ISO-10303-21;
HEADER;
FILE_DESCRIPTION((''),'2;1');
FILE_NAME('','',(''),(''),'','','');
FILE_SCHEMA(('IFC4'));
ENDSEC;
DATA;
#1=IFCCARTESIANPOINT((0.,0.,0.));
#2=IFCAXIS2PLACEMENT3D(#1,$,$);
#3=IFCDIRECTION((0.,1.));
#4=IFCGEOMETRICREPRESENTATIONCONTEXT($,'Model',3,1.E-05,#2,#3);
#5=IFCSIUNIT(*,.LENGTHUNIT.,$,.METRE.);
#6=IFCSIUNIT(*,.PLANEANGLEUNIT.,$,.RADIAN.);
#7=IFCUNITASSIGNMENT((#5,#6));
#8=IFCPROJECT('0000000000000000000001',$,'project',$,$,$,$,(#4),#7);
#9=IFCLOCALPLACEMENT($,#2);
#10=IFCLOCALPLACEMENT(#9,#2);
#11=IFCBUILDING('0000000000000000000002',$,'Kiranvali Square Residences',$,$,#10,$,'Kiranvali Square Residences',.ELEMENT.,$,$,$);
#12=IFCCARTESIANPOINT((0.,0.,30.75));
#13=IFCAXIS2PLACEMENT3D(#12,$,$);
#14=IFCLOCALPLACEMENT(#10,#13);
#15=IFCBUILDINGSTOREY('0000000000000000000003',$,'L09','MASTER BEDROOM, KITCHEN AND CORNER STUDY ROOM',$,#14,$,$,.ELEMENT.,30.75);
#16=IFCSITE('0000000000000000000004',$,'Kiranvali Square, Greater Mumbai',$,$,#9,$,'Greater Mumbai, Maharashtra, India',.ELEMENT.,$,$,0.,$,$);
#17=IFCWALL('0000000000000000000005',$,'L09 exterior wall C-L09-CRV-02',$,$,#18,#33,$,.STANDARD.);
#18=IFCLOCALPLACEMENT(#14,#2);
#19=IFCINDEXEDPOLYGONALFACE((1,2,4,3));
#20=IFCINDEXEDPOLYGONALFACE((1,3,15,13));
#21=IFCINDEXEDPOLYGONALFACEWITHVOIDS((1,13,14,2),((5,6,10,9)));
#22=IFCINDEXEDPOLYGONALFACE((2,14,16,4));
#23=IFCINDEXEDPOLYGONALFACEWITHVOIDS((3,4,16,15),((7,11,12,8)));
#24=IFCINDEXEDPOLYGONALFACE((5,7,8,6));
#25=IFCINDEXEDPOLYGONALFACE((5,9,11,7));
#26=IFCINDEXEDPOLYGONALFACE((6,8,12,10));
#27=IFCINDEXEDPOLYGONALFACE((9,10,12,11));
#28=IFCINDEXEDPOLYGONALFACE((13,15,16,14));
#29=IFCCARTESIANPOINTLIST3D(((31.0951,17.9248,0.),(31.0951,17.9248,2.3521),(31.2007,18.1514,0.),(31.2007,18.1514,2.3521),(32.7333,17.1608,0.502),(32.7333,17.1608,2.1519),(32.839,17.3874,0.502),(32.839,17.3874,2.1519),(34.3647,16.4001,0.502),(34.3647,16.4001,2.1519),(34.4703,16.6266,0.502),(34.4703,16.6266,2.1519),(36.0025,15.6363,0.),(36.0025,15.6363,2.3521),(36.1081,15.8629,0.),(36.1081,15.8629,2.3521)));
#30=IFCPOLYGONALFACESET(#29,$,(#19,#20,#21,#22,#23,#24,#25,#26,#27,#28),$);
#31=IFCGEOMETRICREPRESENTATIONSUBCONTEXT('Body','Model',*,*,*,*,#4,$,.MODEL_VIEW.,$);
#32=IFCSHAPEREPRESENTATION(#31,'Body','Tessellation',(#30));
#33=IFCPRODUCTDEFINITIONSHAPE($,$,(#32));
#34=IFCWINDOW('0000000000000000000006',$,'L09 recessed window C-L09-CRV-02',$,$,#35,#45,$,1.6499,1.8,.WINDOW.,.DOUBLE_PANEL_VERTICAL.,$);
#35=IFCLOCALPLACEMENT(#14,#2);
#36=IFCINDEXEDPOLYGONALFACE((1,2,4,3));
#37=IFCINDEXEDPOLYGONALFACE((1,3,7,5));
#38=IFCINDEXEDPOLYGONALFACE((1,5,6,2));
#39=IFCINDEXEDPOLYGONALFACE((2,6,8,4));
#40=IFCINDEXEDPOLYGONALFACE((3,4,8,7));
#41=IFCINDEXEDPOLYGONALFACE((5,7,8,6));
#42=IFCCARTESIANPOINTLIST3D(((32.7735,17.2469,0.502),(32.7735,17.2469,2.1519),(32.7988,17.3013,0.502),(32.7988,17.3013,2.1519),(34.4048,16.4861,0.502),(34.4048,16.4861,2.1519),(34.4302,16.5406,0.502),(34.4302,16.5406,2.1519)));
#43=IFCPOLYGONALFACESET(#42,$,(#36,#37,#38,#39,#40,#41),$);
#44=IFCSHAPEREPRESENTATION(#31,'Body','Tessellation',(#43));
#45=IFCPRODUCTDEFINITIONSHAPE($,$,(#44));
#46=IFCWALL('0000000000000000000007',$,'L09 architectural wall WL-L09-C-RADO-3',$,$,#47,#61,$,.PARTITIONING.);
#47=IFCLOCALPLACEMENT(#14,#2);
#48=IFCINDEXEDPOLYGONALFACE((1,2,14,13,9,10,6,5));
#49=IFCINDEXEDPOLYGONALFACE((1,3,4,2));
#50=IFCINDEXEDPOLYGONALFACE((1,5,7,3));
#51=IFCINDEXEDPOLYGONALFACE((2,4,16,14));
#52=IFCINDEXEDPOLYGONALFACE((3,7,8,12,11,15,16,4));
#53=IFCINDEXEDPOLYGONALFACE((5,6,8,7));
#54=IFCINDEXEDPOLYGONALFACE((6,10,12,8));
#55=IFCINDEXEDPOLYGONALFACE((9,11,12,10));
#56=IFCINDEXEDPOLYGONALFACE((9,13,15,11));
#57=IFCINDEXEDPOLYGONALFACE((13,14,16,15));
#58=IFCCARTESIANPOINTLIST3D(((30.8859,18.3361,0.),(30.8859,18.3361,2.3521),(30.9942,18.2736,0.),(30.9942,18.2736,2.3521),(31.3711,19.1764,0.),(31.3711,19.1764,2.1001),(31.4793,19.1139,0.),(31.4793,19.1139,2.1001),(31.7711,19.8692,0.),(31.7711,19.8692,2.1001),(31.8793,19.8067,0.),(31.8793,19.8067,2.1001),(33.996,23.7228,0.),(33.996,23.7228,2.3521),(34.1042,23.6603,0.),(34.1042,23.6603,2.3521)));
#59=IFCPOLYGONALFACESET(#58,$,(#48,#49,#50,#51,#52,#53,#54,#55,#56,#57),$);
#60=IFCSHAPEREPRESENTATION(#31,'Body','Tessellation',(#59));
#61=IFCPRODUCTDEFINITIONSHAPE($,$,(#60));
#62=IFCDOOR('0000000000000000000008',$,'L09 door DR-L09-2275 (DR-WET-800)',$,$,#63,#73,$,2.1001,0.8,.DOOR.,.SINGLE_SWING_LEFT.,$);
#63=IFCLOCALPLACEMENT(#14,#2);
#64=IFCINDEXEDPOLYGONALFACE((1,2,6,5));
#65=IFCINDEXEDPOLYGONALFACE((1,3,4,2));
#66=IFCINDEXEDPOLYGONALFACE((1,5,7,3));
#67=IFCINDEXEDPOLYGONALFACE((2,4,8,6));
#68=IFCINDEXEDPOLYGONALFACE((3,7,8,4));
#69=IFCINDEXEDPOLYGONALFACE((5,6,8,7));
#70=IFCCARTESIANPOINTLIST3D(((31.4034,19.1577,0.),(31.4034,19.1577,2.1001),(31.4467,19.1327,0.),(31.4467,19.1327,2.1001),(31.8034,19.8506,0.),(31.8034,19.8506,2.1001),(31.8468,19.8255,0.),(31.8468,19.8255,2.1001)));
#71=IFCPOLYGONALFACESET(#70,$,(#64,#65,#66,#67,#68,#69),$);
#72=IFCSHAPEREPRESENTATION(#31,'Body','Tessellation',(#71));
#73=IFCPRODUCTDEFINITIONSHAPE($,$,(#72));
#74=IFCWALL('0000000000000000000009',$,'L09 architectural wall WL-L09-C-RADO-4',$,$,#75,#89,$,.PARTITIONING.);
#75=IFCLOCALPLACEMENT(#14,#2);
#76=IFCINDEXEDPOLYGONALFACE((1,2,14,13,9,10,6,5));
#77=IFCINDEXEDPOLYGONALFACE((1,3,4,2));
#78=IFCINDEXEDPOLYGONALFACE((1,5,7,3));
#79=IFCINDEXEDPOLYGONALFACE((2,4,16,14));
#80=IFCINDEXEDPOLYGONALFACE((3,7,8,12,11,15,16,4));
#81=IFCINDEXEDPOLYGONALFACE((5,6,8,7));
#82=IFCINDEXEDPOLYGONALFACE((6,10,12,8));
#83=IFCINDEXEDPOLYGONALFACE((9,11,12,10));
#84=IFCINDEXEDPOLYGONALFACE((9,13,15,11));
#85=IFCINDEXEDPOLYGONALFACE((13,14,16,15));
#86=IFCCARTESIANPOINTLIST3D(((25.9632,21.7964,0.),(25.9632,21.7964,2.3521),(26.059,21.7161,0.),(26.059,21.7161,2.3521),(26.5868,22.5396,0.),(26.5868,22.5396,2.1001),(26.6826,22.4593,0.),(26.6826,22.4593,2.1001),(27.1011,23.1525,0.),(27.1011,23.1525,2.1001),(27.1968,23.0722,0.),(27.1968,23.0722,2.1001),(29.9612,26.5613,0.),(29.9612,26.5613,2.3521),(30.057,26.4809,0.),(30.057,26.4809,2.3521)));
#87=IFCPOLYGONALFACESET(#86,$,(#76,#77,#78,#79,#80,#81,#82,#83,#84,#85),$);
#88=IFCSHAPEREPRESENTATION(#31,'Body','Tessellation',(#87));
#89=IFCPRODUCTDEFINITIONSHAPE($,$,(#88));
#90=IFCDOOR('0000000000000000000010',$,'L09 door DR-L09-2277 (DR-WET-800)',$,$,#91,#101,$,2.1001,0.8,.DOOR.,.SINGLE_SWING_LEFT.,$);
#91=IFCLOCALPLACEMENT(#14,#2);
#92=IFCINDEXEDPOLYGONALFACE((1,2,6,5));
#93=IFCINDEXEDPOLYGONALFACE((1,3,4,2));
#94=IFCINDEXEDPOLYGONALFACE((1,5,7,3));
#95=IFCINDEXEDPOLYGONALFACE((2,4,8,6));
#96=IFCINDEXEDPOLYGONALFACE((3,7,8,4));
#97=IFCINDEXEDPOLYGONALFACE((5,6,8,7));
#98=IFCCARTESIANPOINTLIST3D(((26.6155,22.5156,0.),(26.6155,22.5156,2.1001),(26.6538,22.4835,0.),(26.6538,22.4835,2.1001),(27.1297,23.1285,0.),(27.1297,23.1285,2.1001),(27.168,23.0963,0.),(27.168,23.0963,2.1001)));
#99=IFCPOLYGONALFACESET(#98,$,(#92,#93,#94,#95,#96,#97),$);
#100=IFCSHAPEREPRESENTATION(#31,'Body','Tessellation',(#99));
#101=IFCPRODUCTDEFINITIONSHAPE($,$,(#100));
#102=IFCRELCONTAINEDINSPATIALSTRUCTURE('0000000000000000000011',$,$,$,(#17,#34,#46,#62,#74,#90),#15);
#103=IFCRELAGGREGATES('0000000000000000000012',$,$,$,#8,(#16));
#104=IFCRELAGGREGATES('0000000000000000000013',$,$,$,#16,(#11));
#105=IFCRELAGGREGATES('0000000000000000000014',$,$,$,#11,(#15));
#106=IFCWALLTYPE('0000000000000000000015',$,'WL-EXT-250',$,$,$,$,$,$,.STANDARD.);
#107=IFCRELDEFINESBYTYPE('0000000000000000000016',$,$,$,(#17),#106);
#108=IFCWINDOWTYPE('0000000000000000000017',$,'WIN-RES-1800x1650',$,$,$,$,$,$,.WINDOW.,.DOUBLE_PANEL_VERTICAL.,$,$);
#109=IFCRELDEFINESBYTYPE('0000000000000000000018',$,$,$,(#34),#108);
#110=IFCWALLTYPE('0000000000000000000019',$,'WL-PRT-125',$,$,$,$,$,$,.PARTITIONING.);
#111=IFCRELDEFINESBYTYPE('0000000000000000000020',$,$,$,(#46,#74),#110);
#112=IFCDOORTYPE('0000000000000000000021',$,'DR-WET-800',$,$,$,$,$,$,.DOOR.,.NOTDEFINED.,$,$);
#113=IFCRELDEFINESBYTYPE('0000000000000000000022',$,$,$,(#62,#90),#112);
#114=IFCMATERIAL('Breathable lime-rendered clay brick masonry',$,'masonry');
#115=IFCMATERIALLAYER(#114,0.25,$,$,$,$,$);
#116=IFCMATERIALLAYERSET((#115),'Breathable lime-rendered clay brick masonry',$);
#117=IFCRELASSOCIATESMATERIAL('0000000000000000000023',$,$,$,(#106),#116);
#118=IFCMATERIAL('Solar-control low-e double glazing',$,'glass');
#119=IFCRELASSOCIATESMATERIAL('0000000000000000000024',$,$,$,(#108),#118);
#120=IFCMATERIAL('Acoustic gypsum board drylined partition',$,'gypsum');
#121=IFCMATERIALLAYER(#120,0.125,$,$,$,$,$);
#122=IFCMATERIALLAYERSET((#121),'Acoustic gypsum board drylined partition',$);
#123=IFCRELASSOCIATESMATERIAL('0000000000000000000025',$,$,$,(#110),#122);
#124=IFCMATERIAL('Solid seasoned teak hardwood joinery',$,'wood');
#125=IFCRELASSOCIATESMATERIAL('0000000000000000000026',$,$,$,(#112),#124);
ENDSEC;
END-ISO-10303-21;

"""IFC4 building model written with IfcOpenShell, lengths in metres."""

from ifc_helpers import new_model, si_unit, direction, frame, frame_2d, origin, place, context, subcontext, project, spatial, rectangle, extrude, material, layer, layer_set, type_object, element, fill, save


model = new_model("IFC4")

# Units and contexts
model_context = context("Model", 3, precision=1e-05, world=origin(), true_north=direction((0.0, 1.0)))
body_context = subcontext(model_context, "Body", "Model", "MODEL_VIEW")
ifc_project = project(units=[si_unit("LENGTHUNIT", "METRE"), si_unit("PLANEANGLEUNIT", "RADIAN")], contexts=[model_context])

# Site, building, storey
site_placement = place(None, origin())
site = spatial("IfcSite", under=ifc_project, at=site_placement, Name="Kiranvali Square, Greater Mumbai", LongName="Greater Mumbai, Maharashtra, India", CompositionType="ELEMENT", RefElevation=0.0)
building_placement = place(site_placement, origin())
building = spatial("IfcBuilding", under=site, at=building_placement, Name="Kiranvali Square Residences", LongName="Kiranvali Square Residences", CompositionType="ELEMENT")
storey_placement = place(building_placement, frame((0.0, 0.0, 30.75)))
storey = spatial("IfcBuildingStorey", under=building, at=storey_placement, Name="L09", Description="MASTER BEDROOM, KITCHEN AND CORNER STUDY ROOM", CompositionType="ELEMENT", Elevation=30.75)

# Shared definitions
ifc_material_1 = material(Name="Solar-control low-e double glazing", Category="glass")

# Wall, opening, window
ifc_material_2 = material(Name="Breathable lime-rendered clay brick masonry", Category="masonry")
ifc_layer_1 = layer(ifc_material_2, 0.25)
ifc_layer_set_1 = layer_set([ifc_layer_1], Name="Breathable lime-rendered clay brick masonry")
wall_type_1 = type_object("IfcWallType", Name="WL-EXT-250", PredefinedType="STANDARD", material=ifc_layer_set_1)
wall_1_placement = place(storey_placement, frame((36.0554, 15.7495, 0.0), z_axis=(0.0, 0.0, 1.0), x_axis=(-0.906295, 0.422646, 0.0)))
wall_1 = element("IfcWall", 1, at=wall_1_placement, inside=storey, type_object=wall_type_1, Name="L09 exterior wall C-L09-CRV-02", PredefinedType="STANDARD", context=body_context, shape_type="SweptSolid", body=[
    extrude(rectangle(XDim=5.4148, YDim=0.25, at=frame_2d((2.7075, 0.0))), origin(), (0.0, 0.0, 1.0), 2.3521),
])
opening_1_placement = place(wall_1_placement, frame((1.8074, 0.0, 0.502)))
opening_1 = element("IfcOpeningElement", 2, at=opening_1_placement, cuts=wall_1, PredefinedType="OPENING", context=body_context, shape_type="SweptSolid", body=[
    extrude(rectangle(XDim=1.8, YDim=1.6499, at=frame_2d((0.8999, 0.825))), frame((0.0, 0.135, 0.0), z_axis=(0.0, -1.0, 0.0), x_axis=(1.0, 0.0, 0.0)), (0.0, 0.0, 1.0), 0.27),
])
window_type = type_object("IfcWindowType", Name="WIN-RES-1800x1650", PartitioningType="DOUBLE_PANEL_VERTICAL", PredefinedType="WINDOW", material=ifc_material_1)
window_placement = place(opening_1_placement, origin())
window = element("IfcWindow", 3, at=window_placement, inside=storey, type_object=window_type, Name="L09 recessed window C-L09-CRV-02", OverallHeight=1.6499, OverallWidth=1.8, PartitioningType="DOUBLE_PANEL_VERTICAL", PredefinedType="WINDOW", context=body_context, shape_type="SweptSolid", body=[
    extrude(rectangle(XDim=1.8, YDim=1.6499, at=frame_2d((0.8999, 0.825))), frame((0.0, 0.03, 0.0), z_axis=(0.0, -1.0, 0.0), x_axis=(1.0, 0.0, 0.0)), (0.0, 0.0, 1.0), 0.0601),
])
fill(opening_1, window)

# Walls, openings, doors
ifc_material_3 = material(Name="Acoustic gypsum board drylined partition", Category="gypsum")
ifc_layer_2 = layer(ifc_material_3, 0.125)
ifc_layer_set_2 = layer_set([ifc_layer_2], Name="Acoustic gypsum board drylined partition")
wall_type_2 = type_object("IfcWallType", Name="WL-PRT-125", PredefinedType="PARTITIONING", material=ifc_layer_set_2)
wall_2_placement = place(storey_placement, frame((34.05, 23.6914, 0.0), z_axis=(0.0, 0.0, 1.0), x_axis=(-0.50001, -0.86602, 0.0)))
wall_2 = element("IfcWall", 4, at=wall_2_placement, inside=storey, type_object=wall_type_2, Name="L09 architectural wall WL-L09-C-RADO-3", PredefinedType="PARTITIONING", context=body_context, shape_type="SweptSolid", body=[
    extrude(rectangle(XDim=6.22, YDim=0.125, at=frame_2d((3.1099, 0.0))), origin(), (0.0, 0.0, 1.0), 2.3521),
])
opening_2_placement = place(wall_2_placement, frame((4.4497, 0.0, 0.0)))
opening_2 = element("IfcOpeningElement", 5, at=opening_2_placement, cuts=wall_2, PredefinedType="OPENING", context=body_context, shape_type="SweptSolid", body=[
    extrude(rectangle(XDim=0.8, YDim=2.1001, at=frame_2d((0.3999, 1.05))), frame((0.0, 0.0725, 0.0), z_axis=(0.0, -1.0, 0.0), x_axis=(1.0, 0.0, 0.0)), (0.0, 0.0, 1.0), 0.145),
])
ifc_material_4 = material(Name="Solid seasoned teak hardwood joinery", Category="wood")
door_type = type_object("IfcDoorType", Name="DR-WET-800", OperationType="NOTDEFINED", PredefinedType="DOOR", material=ifc_material_4)
door_1_placement = place(opening_2_placement, origin())
door_1 = element("IfcDoor", 6, at=door_1_placement, inside=storey, type_object=door_type, Name="L09 door DR-L09-2275 (DR-WET-800)", OperationType="SINGLE_SWING_LEFT", OverallHeight=2.1001, OverallWidth=0.8, PredefinedType="DOOR", context=body_context, shape_type="SweptSolid", body=[
    extrude(rectangle(XDim=0.8, YDim=2.1001, at=frame_2d((0.3999, 1.05))), frame((0.0, 0.0249, 0.0), z_axis=(0.0, -1.0, 0.0), x_axis=(1.0, 0.0, 0.0)), (0.0, 0.0, 1.0), 0.05),
])
fill(opening_2, door_1)
wall_3_placement = place(storey_placement, frame((30.009, 26.521, 0.0), z_axis=(0.0, 0.0, 1.0), x_axis=(-0.642771, -0.766058, 0.0)))
wall_3 = element("IfcWall", 7, at=wall_3_placement, inside=storey, type_object=wall_type_2, Name="L09 architectural wall WL-L09-C-RADO-4", PredefinedType="PARTITIONING", context=body_context, shape_type="SweptSolid", body=[
    extrude(rectangle(XDim=6.22, YDim=0.125, at=frame_2d((3.1099, 0.0))), origin(), (0.0, 0.0, 1.0), 2.3521),
])
opening_3_placement = place(wall_3_placement, frame((4.4497, 0.0, 0.0)))
opening_3 = element("IfcOpeningElement", 8, at=opening_3_placement, cuts=wall_3, PredefinedType="OPENING", context=body_context, shape_type="SweptSolid", body=[
    extrude(rectangle(XDim=0.8, YDim=2.1001, at=frame_2d((0.3999, 1.05))), frame((0.0, 0.0725, 0.0), z_axis=(0.0, -1.0, 0.0), x_axis=(1.0, 0.0, 0.0)), (0.0, 0.0, 1.0), 0.145),
])
door_2_placement = place(opening_3_placement, origin())
door_2 = element("IfcDoor", 9, at=door_2_placement, inside=storey, type_object=door_type, Name="L09 door DR-L09-2277 (DR-WET-800)", OperationType="SINGLE_SWING_LEFT", OverallHeight=2.1001, OverallWidth=0.8, PredefinedType="DOOR", context=body_context, shape_type="SweptSolid", body=[
    extrude(rectangle(XDim=0.8, YDim=2.1001, at=frame_2d((0.3999, 1.05))), frame((0.0, 0.0249, 0.0), z_axis=(0.0, -1.0, 0.0), x_axis=(1.0, 0.0, 0.0)), (0.0, 0.0, 1.0), 0.05),
])
fill(opening_3, door_2)

save(model, "model.ifc")
